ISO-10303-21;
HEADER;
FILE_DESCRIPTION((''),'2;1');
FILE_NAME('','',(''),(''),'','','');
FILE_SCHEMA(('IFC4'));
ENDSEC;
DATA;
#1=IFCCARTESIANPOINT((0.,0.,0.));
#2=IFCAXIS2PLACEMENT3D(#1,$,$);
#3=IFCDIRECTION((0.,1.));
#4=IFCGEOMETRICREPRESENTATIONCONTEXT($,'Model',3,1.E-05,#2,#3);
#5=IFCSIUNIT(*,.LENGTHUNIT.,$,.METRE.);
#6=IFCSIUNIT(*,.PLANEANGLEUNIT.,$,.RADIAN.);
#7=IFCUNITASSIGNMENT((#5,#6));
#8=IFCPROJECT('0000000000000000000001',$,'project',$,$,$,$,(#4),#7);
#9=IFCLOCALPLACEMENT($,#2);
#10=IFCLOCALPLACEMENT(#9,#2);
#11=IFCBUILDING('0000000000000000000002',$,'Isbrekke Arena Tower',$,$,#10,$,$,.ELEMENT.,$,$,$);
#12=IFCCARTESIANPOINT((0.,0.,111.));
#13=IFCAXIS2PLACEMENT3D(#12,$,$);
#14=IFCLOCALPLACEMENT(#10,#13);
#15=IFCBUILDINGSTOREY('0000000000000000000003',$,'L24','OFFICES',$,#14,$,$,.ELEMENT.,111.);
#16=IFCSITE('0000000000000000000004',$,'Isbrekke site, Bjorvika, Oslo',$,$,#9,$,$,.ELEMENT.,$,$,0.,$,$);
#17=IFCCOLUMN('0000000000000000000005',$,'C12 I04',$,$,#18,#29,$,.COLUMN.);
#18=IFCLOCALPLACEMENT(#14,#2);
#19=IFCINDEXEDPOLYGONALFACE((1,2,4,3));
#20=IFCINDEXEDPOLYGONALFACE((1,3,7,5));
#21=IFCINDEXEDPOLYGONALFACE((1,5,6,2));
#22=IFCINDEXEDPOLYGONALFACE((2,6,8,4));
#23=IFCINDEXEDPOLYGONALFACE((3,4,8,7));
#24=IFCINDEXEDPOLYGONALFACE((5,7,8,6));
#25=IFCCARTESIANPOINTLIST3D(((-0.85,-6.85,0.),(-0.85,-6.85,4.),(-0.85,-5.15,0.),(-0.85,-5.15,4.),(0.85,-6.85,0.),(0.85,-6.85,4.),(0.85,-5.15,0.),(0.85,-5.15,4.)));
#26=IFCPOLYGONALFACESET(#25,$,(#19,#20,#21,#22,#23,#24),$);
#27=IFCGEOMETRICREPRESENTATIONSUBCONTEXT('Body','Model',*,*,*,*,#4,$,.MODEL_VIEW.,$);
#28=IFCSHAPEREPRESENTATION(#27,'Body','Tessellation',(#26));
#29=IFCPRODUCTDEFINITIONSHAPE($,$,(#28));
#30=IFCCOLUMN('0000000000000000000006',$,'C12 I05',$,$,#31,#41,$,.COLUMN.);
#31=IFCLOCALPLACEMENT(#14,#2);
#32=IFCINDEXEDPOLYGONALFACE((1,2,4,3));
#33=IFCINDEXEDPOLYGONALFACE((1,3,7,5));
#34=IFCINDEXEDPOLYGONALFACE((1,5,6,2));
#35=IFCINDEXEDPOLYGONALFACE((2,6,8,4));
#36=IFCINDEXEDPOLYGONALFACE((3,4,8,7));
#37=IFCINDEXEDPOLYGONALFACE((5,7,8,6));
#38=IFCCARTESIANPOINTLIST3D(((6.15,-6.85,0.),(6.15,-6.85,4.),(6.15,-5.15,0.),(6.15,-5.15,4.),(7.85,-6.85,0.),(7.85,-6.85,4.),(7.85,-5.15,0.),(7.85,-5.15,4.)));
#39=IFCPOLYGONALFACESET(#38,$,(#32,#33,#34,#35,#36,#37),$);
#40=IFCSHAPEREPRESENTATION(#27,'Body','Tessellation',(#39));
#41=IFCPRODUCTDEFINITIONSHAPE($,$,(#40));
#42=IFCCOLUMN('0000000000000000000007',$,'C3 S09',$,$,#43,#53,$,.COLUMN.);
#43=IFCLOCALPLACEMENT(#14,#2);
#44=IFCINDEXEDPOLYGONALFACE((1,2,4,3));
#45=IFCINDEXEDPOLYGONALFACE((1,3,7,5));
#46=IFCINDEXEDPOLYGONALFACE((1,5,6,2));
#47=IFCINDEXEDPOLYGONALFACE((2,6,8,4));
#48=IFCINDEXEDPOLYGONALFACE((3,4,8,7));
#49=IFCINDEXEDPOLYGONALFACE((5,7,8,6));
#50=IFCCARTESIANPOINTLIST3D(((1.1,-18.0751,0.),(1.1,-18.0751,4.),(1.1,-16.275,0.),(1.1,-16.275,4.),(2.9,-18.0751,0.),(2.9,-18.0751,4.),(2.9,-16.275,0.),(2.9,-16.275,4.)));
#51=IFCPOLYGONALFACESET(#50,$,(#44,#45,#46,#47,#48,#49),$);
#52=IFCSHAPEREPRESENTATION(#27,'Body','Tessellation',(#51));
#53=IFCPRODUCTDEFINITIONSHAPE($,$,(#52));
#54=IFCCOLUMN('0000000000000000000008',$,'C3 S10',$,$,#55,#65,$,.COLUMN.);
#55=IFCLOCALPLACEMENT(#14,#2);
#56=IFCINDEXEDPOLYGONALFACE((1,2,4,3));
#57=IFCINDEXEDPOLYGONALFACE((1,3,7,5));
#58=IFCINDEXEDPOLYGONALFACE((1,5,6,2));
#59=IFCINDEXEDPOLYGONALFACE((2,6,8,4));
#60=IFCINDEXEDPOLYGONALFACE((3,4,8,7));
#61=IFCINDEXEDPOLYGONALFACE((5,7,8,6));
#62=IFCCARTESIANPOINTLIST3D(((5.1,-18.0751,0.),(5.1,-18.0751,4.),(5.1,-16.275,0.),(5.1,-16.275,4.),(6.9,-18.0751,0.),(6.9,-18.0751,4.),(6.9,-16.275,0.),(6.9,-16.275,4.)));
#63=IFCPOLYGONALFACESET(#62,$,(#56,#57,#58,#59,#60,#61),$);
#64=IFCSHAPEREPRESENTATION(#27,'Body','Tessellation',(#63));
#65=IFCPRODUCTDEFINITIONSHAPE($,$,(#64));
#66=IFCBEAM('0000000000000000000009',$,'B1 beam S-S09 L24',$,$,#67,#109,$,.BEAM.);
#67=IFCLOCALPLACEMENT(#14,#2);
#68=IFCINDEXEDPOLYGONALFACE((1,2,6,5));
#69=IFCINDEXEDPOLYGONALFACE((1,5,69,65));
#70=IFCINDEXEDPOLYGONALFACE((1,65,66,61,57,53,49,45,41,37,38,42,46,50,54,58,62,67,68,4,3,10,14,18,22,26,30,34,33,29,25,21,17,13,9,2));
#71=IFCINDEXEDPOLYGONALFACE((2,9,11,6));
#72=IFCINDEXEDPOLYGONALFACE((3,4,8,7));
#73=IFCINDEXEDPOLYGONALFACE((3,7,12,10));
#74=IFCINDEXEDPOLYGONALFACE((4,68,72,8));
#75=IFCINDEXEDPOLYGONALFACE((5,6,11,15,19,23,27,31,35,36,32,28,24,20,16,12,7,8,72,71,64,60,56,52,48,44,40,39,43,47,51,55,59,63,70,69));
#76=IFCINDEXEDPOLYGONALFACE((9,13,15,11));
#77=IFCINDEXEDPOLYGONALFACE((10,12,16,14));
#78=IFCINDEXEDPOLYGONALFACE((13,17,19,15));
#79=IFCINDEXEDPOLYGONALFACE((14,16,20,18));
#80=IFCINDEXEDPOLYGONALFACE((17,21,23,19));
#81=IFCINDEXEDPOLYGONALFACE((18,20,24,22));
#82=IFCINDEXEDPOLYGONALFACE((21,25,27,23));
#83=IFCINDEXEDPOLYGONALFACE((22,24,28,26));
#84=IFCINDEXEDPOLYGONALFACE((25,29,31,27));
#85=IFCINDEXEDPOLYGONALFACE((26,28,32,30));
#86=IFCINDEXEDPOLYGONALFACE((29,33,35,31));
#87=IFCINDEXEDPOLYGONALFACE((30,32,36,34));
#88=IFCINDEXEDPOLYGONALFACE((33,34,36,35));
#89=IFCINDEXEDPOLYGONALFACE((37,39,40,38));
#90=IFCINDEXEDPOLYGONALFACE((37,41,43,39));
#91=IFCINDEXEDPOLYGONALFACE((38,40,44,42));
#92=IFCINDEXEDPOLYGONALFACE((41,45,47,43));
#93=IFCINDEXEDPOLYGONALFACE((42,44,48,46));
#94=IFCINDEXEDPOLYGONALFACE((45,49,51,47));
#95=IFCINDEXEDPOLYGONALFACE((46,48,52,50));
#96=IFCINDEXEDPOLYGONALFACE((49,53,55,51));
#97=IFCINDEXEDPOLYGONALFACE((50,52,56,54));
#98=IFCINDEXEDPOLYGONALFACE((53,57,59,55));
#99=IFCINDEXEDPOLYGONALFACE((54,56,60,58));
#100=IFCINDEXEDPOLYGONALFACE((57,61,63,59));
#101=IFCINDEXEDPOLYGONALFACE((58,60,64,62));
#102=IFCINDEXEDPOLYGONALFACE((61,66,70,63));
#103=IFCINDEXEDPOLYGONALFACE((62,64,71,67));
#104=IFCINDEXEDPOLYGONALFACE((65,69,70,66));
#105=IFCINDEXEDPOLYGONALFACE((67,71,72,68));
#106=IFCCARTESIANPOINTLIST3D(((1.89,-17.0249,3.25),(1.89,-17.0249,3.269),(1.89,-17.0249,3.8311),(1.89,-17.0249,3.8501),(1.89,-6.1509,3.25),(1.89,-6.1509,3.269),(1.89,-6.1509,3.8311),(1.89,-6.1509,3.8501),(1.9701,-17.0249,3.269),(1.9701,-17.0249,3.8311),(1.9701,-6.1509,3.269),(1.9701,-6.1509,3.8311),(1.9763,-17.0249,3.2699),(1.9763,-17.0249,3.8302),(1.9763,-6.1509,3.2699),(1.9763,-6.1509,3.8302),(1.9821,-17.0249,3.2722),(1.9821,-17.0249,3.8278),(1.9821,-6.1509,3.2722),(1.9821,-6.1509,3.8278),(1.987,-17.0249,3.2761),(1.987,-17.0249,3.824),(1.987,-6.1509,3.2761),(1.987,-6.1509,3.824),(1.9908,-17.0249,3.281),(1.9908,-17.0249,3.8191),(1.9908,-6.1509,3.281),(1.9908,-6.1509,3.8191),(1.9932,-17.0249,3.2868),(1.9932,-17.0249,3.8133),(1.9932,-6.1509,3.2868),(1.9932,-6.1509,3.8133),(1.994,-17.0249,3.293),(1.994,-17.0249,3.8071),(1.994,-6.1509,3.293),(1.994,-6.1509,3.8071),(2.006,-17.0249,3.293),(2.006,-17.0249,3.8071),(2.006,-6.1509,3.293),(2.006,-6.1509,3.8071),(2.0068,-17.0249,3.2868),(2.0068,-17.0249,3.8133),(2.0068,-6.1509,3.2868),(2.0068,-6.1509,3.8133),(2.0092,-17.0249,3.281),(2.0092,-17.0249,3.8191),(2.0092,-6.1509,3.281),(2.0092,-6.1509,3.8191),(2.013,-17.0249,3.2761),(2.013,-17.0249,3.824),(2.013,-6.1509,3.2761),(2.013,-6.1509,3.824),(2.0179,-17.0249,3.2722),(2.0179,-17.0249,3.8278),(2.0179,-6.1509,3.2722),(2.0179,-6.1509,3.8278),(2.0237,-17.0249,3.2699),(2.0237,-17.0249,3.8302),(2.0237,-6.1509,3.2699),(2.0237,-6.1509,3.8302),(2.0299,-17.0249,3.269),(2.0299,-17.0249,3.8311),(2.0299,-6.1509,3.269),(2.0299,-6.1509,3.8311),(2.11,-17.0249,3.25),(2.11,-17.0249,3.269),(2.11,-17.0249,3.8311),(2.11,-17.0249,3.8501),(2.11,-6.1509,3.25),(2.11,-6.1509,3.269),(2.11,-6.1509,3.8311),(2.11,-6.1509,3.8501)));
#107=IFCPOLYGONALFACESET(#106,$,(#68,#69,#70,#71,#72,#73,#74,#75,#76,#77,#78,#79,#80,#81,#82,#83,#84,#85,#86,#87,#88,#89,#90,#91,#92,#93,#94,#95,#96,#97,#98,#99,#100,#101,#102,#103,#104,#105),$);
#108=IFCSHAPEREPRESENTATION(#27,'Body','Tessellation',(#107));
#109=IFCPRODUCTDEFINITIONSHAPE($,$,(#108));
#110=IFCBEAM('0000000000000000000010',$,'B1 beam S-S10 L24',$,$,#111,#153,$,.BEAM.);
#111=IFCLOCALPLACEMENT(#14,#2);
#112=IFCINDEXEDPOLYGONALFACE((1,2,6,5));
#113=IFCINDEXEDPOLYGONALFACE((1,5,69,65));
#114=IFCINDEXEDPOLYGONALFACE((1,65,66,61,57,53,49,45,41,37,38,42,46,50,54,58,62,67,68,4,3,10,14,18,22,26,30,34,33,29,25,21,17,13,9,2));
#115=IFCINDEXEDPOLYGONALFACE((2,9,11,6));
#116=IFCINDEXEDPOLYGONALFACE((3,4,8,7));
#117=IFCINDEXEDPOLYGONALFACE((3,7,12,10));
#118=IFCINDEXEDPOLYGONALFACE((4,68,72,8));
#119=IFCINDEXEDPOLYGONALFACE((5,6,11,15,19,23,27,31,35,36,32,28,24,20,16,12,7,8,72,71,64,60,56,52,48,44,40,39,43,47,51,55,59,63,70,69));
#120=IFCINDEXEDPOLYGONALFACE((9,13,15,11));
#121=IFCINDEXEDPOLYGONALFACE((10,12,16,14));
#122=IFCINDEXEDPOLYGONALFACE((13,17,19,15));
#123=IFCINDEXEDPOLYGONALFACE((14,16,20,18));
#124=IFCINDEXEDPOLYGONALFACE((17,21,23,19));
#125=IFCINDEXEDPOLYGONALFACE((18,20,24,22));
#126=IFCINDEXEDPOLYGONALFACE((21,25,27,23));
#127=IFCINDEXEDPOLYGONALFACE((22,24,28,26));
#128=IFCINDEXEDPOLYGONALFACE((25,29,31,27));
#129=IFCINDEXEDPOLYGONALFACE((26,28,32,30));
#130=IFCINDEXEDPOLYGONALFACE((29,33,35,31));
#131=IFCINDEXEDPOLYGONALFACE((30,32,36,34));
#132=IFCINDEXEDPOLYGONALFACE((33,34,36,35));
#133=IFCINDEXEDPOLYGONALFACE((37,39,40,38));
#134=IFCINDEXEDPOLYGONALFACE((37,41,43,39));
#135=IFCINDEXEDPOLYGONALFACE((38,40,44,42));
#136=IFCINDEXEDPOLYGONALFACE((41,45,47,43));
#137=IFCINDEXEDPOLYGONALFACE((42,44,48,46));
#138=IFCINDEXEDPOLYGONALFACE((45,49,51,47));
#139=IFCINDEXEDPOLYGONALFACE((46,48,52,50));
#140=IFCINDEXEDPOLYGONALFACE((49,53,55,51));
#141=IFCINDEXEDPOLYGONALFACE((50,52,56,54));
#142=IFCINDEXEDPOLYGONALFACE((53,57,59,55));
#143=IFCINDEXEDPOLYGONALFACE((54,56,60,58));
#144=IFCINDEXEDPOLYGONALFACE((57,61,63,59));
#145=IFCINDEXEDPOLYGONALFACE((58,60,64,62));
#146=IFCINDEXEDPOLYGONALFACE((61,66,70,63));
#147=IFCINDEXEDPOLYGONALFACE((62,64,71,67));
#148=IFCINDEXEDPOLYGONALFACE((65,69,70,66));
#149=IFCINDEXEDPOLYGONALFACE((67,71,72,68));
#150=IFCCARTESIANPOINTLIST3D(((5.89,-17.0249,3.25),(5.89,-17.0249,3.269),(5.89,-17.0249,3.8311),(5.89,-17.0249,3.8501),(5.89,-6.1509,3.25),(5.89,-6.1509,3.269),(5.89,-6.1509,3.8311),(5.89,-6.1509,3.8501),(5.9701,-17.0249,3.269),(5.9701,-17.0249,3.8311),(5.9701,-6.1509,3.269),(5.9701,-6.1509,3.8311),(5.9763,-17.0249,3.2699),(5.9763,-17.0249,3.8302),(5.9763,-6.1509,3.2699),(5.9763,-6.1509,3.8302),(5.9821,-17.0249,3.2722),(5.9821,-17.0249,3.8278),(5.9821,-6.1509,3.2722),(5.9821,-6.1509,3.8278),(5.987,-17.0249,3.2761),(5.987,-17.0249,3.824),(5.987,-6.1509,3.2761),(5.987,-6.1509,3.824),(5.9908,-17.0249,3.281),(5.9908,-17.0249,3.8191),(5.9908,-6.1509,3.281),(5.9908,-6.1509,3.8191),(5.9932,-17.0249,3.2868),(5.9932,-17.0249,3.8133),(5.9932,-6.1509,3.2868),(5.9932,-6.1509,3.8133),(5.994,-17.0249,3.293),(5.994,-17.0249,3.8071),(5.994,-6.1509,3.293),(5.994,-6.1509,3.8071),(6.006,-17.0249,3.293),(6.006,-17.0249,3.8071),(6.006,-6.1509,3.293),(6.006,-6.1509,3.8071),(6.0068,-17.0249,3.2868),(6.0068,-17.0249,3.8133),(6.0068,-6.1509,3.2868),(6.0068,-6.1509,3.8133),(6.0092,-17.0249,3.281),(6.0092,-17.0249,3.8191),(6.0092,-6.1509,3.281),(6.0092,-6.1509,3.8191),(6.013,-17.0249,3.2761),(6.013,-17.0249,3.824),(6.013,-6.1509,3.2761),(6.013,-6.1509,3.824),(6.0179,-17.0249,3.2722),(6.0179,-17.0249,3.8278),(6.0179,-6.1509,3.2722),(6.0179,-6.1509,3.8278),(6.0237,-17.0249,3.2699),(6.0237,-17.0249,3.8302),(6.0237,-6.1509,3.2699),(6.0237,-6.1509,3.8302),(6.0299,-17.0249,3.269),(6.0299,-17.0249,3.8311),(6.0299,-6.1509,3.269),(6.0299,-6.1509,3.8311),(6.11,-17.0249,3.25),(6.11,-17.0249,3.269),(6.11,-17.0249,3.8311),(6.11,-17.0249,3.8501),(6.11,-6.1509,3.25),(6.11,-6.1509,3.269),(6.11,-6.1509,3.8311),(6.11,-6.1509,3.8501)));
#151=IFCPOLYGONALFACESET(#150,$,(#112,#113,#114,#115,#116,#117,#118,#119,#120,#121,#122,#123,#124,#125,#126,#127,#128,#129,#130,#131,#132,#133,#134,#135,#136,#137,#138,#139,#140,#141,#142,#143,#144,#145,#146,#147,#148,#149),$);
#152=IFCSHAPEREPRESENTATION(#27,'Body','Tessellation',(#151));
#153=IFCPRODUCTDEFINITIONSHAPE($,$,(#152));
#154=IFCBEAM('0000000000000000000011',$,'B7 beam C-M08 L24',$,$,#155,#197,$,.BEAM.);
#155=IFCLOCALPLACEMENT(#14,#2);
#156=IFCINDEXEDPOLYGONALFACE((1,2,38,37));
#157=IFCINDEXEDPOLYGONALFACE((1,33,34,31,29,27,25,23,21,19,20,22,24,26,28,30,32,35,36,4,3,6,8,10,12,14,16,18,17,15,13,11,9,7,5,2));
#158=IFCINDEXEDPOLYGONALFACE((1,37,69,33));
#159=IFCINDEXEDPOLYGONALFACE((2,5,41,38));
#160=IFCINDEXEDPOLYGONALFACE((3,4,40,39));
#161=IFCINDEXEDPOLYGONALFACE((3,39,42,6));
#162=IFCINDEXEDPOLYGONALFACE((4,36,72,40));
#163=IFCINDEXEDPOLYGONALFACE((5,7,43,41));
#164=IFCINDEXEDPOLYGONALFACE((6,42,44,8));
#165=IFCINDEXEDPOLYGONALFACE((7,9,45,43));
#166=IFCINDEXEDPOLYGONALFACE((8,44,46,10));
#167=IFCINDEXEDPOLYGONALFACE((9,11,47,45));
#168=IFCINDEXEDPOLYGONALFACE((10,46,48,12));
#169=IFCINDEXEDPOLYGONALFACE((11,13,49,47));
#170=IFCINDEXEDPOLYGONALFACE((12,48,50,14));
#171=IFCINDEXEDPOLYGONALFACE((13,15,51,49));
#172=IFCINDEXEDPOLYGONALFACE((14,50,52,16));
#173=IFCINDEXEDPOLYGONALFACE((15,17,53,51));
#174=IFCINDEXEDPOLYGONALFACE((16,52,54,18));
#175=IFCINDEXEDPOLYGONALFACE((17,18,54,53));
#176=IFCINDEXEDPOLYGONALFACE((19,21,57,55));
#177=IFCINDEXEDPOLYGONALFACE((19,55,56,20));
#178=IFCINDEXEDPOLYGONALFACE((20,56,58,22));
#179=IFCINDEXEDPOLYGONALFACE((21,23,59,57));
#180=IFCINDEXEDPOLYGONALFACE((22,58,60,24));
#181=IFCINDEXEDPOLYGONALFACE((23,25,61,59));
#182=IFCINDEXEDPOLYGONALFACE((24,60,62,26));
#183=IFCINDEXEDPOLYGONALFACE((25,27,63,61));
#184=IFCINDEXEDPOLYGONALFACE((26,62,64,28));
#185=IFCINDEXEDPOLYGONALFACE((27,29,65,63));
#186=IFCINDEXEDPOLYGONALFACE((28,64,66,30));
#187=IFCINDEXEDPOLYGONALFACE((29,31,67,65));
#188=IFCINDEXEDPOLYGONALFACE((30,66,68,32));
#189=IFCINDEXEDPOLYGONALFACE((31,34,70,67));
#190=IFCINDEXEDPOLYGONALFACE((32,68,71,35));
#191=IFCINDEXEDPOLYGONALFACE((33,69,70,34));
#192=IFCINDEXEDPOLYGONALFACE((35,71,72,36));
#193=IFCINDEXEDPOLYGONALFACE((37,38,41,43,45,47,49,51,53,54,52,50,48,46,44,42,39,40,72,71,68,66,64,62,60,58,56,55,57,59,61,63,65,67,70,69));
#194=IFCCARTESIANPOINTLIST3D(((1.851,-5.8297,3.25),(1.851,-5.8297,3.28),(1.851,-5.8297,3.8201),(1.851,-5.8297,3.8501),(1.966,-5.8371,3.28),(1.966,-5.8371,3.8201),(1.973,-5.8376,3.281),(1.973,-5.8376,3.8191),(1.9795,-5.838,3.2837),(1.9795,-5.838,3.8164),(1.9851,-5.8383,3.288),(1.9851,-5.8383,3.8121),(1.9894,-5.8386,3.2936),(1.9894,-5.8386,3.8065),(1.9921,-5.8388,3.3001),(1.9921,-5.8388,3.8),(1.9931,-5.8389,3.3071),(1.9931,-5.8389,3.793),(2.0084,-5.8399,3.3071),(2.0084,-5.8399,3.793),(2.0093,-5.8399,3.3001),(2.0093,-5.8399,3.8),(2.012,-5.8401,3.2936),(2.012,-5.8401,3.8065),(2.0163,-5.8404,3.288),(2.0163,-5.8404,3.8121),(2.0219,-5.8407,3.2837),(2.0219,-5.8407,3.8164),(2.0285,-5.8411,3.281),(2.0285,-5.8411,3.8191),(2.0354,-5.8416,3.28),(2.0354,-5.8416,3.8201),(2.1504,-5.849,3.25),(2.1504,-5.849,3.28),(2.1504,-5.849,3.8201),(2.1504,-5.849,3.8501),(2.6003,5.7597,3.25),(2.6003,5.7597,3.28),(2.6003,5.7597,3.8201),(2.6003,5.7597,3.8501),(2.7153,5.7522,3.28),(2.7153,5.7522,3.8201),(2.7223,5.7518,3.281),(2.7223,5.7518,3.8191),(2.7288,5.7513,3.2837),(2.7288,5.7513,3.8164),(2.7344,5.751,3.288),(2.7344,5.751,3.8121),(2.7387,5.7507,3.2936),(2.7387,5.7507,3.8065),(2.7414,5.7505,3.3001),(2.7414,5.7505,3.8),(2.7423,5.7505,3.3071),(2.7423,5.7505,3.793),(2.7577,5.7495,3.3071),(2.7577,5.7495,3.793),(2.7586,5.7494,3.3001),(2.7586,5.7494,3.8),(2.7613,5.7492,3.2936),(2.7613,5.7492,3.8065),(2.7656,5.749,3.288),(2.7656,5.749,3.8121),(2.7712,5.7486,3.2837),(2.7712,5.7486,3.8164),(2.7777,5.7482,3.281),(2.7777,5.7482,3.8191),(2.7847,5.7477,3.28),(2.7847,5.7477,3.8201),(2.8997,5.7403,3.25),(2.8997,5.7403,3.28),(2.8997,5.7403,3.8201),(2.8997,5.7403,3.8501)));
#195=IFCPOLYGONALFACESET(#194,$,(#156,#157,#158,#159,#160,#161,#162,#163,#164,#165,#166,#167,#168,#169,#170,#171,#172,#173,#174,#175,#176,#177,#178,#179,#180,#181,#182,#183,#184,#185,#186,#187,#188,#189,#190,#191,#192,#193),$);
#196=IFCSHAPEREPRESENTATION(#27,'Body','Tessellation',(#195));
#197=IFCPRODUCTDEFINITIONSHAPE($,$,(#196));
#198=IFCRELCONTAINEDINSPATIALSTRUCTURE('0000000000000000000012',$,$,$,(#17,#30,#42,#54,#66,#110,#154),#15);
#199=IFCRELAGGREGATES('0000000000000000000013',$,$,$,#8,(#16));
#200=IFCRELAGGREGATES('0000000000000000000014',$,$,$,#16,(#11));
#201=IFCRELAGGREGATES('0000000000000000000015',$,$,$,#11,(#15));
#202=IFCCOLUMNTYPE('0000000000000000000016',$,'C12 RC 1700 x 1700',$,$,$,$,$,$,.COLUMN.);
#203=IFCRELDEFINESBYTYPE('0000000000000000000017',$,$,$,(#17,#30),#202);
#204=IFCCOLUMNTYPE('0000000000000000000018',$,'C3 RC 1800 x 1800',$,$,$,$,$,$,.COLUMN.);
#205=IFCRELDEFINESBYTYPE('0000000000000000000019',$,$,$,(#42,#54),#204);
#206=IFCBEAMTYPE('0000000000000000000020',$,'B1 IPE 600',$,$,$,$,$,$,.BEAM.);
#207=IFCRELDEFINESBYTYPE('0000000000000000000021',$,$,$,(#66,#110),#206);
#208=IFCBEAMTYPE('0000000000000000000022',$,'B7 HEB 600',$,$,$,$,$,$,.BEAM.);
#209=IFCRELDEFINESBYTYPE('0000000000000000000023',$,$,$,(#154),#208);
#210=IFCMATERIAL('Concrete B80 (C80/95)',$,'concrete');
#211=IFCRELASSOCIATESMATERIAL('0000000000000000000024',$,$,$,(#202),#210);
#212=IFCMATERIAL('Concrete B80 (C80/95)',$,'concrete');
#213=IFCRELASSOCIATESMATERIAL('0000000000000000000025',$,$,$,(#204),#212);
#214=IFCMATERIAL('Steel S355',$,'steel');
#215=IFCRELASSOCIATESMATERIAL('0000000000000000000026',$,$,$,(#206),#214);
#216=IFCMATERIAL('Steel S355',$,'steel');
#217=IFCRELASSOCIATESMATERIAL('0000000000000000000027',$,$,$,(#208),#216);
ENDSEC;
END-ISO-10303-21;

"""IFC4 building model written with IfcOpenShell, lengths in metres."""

from ifc_helpers import new_model, si_unit, direction, frame, origin, origin_2d, place, context, subcontext, project, spatial, rectangle, i_section, extrude, material, material_profile, profile_set, type_object, element, save


model = new_model("IFC4")

# Units and contexts
model_context = context("Model", 3, precision=1e-05, world=origin(), true_north=direction((0.0, 1.0)))
body_context = subcontext(model_context, "Body", "Model", "MODEL_VIEW")
ifc_project = project(units=[si_unit("LENGTHUNIT", "METRE"), si_unit("PLANEANGLEUNIT", "RADIAN")], contexts=[model_context])

# Site, building, storey
site_placement = place(None, origin())
site = spatial("IfcSite", under=ifc_project, at=site_placement, Name="Isbrekke site, Bjorvika, Oslo", CompositionType="ELEMENT", RefElevation=0.0)
building_placement = place(site_placement, origin())
building = spatial("IfcBuilding", under=site, at=building_placement, Name="Isbrekke Arena Tower", CompositionType="ELEMENT")
storey_placement = place(building_placement, frame((0.0, 0.0, 111.0)))
storey = spatial("IfcBuildingStorey", under=building, at=storey_placement, Name="L24", Description="OFFICES", CompositionType="ELEMENT", Elevation=111.0)

# Columns
ifc_material_1 = material(Name="Concrete B80 (C80/95)", Category="concrete")
ifc_material_profile_1 = material_profile(ifc_material_1, rectangle(XDim=1.7, YDim=1.7, at=origin_2d()), Name="RC 1700x1700")
ifc_profile_set_1 = profile_set([ifc_material_profile_1], Name="Concrete B80 (C80/95)")
column_type_1 = type_object("IfcColumnType", Name="C12 RC 1700 x 1700", PredefinedType="COLUMN", material=ifc_profile_set_1)
for number, where, z_axis, x_axis, name in (
    (1, (0.0, -6.0, 0.0), (0.0, 0.0, 1.0), (1.0, 0.0, 0.0), "C12 I04"),
    (2, (7.0, -6.0, 0.0), (0.0, 0.0, 1.0), (1.0, 0.0, 0.0), "C12 I05"),
):
    element("IfcColumn", number, at=place(storey_placement, frame(where, z_axis=z_axis, x_axis=x_axis)), inside=storey, type_object=column_type_1, Name=name, PredefinedType="COLUMN", context=body_context, shape_type="SweptSolid", body=[
        extrude(rectangle(XDim=1.7, YDim=1.7, at=origin_2d()), origin(), (0.0, 0.0, 1.0), 4.0),
    ])
ifc_material_2 = material(Name="Concrete B80 (C80/95)", Category="concrete")
ifc_material_profile_2 = material_profile(ifc_material_2, rectangle(XDim=1.8, YDim=1.8, at=origin_2d()), Name="RC 1800x1800")
ifc_profile_set_2 = profile_set([ifc_material_profile_2], Name="Concrete B80 (C80/95)")
column_type_2 = type_object("IfcColumnType", Name="C3 RC 1800 x 1800", PredefinedType="COLUMN", material=ifc_profile_set_2)
for number, where, z_axis, x_axis, name in (
    (3, (2.0, -17.175, 0.0), (0.0, 0.0, 1.0), (1.0, 0.0, 0.0), "C3 S09"),
    (4, (6.0, -17.175, 0.0), (0.0, 0.0, 1.0), (1.0, 0.0, 0.0), "C3 S10"),
):
    element("IfcColumn", number, at=place(storey_placement, frame(where, z_axis=z_axis, x_axis=x_axis)), inside=storey, type_object=column_type_2, Name=name, PredefinedType="COLUMN", context=body_context, shape_type="SweptSolid", body=[
        extrude(rectangle(XDim=1.8, YDim=1.8, at=origin_2d()), origin(), (0.0, 0.0, 1.0), 4.0),
    ])

# Beams
ifc_material_3 = material(Name="Steel S355", Category="steel")
ifc_material_profile_3 = material_profile(ifc_material_3, i_section(OverallWidth=0.22, OverallDepth=0.6001, WebThickness=0.012, FlangeThickness=0.019, FilletRadius=0.0239, at=origin_2d()), Name="IPE 600")
ifc_profile_set_3 = profile_set([ifc_material_profile_3], Name="Steel S355")
beam_type_1 = type_object("IfcBeamType", Name="B1 IPE 600", PredefinedType="BEAM", material=ifc_profile_set_3)
for number, where, z_axis, x_axis, name in (
    (5, (2.0, -17.0249, 3.55), (0.0, 1.0, 0.0), (-1.0, 0.0, 0.0), "B1 beam S-S09 L24"),
    (6, (6.0, -17.0249, 3.55), (0.0, 1.0, 0.0), (-1.0, 0.0, 0.0), "B1 beam S-S10 L24"),
):
    element("IfcBeam", number, at=place(storey_placement, frame(where, z_axis=z_axis, x_axis=x_axis)), inside=storey, type_object=beam_type_1, Name=name, PredefinedType="BEAM", context=body_context, shape_type="SweptSolid", body=[
        extrude(i_section(OverallWidth=0.22, OverallDepth=0.6001, WebThickness=0.012, FlangeThickness=0.019, FilletRadius=0.0239, at=origin_2d()), origin(), (0.0, 0.0, 1.0), 10.874),
    ])
ifc_material_4 = material(Name="Steel S355", Category="steel")
ifc_material_profile_4 = material_profile(ifc_material_4, i_section(OverallWidth=0.3, OverallDepth=0.6001, WebThickness=0.0154, FlangeThickness=0.03, FilletRadius=0.0271, at=origin_2d()), Name="HEB 600")
ifc_profile_set_4 = profile_set([ifc_material_profile_4], Name="Steel S355")
beam_type_2 = type_object("IfcBeamType", Name="B7 HEB 600", PredefinedType="BEAM", material=ifc_profile_set_4)
beam_1_placement = place(storey_placement, frame((2.0007, -5.8394, 3.55), z_axis=(0.064517, 0.997917, 0.0), x_axis=(-0.997917, 0.064517, 0.0)))
element("IfcBeam", 7, at=beam_1_placement, inside=storey, type_object=beam_type_2, Name="B7 beam C-M08 L24", PredefinedType="BEAM", context=body_context, shape_type="SweptSolid", body=[
    extrude(i_section(OverallWidth=0.3, OverallDepth=0.6001, WebThickness=0.0154, FlangeThickness=0.03, FilletRadius=0.0271, at=origin_2d()), origin(), (0.0, 0.0, 1.0), 11.6135),
])

save(model, "model.ifc")
